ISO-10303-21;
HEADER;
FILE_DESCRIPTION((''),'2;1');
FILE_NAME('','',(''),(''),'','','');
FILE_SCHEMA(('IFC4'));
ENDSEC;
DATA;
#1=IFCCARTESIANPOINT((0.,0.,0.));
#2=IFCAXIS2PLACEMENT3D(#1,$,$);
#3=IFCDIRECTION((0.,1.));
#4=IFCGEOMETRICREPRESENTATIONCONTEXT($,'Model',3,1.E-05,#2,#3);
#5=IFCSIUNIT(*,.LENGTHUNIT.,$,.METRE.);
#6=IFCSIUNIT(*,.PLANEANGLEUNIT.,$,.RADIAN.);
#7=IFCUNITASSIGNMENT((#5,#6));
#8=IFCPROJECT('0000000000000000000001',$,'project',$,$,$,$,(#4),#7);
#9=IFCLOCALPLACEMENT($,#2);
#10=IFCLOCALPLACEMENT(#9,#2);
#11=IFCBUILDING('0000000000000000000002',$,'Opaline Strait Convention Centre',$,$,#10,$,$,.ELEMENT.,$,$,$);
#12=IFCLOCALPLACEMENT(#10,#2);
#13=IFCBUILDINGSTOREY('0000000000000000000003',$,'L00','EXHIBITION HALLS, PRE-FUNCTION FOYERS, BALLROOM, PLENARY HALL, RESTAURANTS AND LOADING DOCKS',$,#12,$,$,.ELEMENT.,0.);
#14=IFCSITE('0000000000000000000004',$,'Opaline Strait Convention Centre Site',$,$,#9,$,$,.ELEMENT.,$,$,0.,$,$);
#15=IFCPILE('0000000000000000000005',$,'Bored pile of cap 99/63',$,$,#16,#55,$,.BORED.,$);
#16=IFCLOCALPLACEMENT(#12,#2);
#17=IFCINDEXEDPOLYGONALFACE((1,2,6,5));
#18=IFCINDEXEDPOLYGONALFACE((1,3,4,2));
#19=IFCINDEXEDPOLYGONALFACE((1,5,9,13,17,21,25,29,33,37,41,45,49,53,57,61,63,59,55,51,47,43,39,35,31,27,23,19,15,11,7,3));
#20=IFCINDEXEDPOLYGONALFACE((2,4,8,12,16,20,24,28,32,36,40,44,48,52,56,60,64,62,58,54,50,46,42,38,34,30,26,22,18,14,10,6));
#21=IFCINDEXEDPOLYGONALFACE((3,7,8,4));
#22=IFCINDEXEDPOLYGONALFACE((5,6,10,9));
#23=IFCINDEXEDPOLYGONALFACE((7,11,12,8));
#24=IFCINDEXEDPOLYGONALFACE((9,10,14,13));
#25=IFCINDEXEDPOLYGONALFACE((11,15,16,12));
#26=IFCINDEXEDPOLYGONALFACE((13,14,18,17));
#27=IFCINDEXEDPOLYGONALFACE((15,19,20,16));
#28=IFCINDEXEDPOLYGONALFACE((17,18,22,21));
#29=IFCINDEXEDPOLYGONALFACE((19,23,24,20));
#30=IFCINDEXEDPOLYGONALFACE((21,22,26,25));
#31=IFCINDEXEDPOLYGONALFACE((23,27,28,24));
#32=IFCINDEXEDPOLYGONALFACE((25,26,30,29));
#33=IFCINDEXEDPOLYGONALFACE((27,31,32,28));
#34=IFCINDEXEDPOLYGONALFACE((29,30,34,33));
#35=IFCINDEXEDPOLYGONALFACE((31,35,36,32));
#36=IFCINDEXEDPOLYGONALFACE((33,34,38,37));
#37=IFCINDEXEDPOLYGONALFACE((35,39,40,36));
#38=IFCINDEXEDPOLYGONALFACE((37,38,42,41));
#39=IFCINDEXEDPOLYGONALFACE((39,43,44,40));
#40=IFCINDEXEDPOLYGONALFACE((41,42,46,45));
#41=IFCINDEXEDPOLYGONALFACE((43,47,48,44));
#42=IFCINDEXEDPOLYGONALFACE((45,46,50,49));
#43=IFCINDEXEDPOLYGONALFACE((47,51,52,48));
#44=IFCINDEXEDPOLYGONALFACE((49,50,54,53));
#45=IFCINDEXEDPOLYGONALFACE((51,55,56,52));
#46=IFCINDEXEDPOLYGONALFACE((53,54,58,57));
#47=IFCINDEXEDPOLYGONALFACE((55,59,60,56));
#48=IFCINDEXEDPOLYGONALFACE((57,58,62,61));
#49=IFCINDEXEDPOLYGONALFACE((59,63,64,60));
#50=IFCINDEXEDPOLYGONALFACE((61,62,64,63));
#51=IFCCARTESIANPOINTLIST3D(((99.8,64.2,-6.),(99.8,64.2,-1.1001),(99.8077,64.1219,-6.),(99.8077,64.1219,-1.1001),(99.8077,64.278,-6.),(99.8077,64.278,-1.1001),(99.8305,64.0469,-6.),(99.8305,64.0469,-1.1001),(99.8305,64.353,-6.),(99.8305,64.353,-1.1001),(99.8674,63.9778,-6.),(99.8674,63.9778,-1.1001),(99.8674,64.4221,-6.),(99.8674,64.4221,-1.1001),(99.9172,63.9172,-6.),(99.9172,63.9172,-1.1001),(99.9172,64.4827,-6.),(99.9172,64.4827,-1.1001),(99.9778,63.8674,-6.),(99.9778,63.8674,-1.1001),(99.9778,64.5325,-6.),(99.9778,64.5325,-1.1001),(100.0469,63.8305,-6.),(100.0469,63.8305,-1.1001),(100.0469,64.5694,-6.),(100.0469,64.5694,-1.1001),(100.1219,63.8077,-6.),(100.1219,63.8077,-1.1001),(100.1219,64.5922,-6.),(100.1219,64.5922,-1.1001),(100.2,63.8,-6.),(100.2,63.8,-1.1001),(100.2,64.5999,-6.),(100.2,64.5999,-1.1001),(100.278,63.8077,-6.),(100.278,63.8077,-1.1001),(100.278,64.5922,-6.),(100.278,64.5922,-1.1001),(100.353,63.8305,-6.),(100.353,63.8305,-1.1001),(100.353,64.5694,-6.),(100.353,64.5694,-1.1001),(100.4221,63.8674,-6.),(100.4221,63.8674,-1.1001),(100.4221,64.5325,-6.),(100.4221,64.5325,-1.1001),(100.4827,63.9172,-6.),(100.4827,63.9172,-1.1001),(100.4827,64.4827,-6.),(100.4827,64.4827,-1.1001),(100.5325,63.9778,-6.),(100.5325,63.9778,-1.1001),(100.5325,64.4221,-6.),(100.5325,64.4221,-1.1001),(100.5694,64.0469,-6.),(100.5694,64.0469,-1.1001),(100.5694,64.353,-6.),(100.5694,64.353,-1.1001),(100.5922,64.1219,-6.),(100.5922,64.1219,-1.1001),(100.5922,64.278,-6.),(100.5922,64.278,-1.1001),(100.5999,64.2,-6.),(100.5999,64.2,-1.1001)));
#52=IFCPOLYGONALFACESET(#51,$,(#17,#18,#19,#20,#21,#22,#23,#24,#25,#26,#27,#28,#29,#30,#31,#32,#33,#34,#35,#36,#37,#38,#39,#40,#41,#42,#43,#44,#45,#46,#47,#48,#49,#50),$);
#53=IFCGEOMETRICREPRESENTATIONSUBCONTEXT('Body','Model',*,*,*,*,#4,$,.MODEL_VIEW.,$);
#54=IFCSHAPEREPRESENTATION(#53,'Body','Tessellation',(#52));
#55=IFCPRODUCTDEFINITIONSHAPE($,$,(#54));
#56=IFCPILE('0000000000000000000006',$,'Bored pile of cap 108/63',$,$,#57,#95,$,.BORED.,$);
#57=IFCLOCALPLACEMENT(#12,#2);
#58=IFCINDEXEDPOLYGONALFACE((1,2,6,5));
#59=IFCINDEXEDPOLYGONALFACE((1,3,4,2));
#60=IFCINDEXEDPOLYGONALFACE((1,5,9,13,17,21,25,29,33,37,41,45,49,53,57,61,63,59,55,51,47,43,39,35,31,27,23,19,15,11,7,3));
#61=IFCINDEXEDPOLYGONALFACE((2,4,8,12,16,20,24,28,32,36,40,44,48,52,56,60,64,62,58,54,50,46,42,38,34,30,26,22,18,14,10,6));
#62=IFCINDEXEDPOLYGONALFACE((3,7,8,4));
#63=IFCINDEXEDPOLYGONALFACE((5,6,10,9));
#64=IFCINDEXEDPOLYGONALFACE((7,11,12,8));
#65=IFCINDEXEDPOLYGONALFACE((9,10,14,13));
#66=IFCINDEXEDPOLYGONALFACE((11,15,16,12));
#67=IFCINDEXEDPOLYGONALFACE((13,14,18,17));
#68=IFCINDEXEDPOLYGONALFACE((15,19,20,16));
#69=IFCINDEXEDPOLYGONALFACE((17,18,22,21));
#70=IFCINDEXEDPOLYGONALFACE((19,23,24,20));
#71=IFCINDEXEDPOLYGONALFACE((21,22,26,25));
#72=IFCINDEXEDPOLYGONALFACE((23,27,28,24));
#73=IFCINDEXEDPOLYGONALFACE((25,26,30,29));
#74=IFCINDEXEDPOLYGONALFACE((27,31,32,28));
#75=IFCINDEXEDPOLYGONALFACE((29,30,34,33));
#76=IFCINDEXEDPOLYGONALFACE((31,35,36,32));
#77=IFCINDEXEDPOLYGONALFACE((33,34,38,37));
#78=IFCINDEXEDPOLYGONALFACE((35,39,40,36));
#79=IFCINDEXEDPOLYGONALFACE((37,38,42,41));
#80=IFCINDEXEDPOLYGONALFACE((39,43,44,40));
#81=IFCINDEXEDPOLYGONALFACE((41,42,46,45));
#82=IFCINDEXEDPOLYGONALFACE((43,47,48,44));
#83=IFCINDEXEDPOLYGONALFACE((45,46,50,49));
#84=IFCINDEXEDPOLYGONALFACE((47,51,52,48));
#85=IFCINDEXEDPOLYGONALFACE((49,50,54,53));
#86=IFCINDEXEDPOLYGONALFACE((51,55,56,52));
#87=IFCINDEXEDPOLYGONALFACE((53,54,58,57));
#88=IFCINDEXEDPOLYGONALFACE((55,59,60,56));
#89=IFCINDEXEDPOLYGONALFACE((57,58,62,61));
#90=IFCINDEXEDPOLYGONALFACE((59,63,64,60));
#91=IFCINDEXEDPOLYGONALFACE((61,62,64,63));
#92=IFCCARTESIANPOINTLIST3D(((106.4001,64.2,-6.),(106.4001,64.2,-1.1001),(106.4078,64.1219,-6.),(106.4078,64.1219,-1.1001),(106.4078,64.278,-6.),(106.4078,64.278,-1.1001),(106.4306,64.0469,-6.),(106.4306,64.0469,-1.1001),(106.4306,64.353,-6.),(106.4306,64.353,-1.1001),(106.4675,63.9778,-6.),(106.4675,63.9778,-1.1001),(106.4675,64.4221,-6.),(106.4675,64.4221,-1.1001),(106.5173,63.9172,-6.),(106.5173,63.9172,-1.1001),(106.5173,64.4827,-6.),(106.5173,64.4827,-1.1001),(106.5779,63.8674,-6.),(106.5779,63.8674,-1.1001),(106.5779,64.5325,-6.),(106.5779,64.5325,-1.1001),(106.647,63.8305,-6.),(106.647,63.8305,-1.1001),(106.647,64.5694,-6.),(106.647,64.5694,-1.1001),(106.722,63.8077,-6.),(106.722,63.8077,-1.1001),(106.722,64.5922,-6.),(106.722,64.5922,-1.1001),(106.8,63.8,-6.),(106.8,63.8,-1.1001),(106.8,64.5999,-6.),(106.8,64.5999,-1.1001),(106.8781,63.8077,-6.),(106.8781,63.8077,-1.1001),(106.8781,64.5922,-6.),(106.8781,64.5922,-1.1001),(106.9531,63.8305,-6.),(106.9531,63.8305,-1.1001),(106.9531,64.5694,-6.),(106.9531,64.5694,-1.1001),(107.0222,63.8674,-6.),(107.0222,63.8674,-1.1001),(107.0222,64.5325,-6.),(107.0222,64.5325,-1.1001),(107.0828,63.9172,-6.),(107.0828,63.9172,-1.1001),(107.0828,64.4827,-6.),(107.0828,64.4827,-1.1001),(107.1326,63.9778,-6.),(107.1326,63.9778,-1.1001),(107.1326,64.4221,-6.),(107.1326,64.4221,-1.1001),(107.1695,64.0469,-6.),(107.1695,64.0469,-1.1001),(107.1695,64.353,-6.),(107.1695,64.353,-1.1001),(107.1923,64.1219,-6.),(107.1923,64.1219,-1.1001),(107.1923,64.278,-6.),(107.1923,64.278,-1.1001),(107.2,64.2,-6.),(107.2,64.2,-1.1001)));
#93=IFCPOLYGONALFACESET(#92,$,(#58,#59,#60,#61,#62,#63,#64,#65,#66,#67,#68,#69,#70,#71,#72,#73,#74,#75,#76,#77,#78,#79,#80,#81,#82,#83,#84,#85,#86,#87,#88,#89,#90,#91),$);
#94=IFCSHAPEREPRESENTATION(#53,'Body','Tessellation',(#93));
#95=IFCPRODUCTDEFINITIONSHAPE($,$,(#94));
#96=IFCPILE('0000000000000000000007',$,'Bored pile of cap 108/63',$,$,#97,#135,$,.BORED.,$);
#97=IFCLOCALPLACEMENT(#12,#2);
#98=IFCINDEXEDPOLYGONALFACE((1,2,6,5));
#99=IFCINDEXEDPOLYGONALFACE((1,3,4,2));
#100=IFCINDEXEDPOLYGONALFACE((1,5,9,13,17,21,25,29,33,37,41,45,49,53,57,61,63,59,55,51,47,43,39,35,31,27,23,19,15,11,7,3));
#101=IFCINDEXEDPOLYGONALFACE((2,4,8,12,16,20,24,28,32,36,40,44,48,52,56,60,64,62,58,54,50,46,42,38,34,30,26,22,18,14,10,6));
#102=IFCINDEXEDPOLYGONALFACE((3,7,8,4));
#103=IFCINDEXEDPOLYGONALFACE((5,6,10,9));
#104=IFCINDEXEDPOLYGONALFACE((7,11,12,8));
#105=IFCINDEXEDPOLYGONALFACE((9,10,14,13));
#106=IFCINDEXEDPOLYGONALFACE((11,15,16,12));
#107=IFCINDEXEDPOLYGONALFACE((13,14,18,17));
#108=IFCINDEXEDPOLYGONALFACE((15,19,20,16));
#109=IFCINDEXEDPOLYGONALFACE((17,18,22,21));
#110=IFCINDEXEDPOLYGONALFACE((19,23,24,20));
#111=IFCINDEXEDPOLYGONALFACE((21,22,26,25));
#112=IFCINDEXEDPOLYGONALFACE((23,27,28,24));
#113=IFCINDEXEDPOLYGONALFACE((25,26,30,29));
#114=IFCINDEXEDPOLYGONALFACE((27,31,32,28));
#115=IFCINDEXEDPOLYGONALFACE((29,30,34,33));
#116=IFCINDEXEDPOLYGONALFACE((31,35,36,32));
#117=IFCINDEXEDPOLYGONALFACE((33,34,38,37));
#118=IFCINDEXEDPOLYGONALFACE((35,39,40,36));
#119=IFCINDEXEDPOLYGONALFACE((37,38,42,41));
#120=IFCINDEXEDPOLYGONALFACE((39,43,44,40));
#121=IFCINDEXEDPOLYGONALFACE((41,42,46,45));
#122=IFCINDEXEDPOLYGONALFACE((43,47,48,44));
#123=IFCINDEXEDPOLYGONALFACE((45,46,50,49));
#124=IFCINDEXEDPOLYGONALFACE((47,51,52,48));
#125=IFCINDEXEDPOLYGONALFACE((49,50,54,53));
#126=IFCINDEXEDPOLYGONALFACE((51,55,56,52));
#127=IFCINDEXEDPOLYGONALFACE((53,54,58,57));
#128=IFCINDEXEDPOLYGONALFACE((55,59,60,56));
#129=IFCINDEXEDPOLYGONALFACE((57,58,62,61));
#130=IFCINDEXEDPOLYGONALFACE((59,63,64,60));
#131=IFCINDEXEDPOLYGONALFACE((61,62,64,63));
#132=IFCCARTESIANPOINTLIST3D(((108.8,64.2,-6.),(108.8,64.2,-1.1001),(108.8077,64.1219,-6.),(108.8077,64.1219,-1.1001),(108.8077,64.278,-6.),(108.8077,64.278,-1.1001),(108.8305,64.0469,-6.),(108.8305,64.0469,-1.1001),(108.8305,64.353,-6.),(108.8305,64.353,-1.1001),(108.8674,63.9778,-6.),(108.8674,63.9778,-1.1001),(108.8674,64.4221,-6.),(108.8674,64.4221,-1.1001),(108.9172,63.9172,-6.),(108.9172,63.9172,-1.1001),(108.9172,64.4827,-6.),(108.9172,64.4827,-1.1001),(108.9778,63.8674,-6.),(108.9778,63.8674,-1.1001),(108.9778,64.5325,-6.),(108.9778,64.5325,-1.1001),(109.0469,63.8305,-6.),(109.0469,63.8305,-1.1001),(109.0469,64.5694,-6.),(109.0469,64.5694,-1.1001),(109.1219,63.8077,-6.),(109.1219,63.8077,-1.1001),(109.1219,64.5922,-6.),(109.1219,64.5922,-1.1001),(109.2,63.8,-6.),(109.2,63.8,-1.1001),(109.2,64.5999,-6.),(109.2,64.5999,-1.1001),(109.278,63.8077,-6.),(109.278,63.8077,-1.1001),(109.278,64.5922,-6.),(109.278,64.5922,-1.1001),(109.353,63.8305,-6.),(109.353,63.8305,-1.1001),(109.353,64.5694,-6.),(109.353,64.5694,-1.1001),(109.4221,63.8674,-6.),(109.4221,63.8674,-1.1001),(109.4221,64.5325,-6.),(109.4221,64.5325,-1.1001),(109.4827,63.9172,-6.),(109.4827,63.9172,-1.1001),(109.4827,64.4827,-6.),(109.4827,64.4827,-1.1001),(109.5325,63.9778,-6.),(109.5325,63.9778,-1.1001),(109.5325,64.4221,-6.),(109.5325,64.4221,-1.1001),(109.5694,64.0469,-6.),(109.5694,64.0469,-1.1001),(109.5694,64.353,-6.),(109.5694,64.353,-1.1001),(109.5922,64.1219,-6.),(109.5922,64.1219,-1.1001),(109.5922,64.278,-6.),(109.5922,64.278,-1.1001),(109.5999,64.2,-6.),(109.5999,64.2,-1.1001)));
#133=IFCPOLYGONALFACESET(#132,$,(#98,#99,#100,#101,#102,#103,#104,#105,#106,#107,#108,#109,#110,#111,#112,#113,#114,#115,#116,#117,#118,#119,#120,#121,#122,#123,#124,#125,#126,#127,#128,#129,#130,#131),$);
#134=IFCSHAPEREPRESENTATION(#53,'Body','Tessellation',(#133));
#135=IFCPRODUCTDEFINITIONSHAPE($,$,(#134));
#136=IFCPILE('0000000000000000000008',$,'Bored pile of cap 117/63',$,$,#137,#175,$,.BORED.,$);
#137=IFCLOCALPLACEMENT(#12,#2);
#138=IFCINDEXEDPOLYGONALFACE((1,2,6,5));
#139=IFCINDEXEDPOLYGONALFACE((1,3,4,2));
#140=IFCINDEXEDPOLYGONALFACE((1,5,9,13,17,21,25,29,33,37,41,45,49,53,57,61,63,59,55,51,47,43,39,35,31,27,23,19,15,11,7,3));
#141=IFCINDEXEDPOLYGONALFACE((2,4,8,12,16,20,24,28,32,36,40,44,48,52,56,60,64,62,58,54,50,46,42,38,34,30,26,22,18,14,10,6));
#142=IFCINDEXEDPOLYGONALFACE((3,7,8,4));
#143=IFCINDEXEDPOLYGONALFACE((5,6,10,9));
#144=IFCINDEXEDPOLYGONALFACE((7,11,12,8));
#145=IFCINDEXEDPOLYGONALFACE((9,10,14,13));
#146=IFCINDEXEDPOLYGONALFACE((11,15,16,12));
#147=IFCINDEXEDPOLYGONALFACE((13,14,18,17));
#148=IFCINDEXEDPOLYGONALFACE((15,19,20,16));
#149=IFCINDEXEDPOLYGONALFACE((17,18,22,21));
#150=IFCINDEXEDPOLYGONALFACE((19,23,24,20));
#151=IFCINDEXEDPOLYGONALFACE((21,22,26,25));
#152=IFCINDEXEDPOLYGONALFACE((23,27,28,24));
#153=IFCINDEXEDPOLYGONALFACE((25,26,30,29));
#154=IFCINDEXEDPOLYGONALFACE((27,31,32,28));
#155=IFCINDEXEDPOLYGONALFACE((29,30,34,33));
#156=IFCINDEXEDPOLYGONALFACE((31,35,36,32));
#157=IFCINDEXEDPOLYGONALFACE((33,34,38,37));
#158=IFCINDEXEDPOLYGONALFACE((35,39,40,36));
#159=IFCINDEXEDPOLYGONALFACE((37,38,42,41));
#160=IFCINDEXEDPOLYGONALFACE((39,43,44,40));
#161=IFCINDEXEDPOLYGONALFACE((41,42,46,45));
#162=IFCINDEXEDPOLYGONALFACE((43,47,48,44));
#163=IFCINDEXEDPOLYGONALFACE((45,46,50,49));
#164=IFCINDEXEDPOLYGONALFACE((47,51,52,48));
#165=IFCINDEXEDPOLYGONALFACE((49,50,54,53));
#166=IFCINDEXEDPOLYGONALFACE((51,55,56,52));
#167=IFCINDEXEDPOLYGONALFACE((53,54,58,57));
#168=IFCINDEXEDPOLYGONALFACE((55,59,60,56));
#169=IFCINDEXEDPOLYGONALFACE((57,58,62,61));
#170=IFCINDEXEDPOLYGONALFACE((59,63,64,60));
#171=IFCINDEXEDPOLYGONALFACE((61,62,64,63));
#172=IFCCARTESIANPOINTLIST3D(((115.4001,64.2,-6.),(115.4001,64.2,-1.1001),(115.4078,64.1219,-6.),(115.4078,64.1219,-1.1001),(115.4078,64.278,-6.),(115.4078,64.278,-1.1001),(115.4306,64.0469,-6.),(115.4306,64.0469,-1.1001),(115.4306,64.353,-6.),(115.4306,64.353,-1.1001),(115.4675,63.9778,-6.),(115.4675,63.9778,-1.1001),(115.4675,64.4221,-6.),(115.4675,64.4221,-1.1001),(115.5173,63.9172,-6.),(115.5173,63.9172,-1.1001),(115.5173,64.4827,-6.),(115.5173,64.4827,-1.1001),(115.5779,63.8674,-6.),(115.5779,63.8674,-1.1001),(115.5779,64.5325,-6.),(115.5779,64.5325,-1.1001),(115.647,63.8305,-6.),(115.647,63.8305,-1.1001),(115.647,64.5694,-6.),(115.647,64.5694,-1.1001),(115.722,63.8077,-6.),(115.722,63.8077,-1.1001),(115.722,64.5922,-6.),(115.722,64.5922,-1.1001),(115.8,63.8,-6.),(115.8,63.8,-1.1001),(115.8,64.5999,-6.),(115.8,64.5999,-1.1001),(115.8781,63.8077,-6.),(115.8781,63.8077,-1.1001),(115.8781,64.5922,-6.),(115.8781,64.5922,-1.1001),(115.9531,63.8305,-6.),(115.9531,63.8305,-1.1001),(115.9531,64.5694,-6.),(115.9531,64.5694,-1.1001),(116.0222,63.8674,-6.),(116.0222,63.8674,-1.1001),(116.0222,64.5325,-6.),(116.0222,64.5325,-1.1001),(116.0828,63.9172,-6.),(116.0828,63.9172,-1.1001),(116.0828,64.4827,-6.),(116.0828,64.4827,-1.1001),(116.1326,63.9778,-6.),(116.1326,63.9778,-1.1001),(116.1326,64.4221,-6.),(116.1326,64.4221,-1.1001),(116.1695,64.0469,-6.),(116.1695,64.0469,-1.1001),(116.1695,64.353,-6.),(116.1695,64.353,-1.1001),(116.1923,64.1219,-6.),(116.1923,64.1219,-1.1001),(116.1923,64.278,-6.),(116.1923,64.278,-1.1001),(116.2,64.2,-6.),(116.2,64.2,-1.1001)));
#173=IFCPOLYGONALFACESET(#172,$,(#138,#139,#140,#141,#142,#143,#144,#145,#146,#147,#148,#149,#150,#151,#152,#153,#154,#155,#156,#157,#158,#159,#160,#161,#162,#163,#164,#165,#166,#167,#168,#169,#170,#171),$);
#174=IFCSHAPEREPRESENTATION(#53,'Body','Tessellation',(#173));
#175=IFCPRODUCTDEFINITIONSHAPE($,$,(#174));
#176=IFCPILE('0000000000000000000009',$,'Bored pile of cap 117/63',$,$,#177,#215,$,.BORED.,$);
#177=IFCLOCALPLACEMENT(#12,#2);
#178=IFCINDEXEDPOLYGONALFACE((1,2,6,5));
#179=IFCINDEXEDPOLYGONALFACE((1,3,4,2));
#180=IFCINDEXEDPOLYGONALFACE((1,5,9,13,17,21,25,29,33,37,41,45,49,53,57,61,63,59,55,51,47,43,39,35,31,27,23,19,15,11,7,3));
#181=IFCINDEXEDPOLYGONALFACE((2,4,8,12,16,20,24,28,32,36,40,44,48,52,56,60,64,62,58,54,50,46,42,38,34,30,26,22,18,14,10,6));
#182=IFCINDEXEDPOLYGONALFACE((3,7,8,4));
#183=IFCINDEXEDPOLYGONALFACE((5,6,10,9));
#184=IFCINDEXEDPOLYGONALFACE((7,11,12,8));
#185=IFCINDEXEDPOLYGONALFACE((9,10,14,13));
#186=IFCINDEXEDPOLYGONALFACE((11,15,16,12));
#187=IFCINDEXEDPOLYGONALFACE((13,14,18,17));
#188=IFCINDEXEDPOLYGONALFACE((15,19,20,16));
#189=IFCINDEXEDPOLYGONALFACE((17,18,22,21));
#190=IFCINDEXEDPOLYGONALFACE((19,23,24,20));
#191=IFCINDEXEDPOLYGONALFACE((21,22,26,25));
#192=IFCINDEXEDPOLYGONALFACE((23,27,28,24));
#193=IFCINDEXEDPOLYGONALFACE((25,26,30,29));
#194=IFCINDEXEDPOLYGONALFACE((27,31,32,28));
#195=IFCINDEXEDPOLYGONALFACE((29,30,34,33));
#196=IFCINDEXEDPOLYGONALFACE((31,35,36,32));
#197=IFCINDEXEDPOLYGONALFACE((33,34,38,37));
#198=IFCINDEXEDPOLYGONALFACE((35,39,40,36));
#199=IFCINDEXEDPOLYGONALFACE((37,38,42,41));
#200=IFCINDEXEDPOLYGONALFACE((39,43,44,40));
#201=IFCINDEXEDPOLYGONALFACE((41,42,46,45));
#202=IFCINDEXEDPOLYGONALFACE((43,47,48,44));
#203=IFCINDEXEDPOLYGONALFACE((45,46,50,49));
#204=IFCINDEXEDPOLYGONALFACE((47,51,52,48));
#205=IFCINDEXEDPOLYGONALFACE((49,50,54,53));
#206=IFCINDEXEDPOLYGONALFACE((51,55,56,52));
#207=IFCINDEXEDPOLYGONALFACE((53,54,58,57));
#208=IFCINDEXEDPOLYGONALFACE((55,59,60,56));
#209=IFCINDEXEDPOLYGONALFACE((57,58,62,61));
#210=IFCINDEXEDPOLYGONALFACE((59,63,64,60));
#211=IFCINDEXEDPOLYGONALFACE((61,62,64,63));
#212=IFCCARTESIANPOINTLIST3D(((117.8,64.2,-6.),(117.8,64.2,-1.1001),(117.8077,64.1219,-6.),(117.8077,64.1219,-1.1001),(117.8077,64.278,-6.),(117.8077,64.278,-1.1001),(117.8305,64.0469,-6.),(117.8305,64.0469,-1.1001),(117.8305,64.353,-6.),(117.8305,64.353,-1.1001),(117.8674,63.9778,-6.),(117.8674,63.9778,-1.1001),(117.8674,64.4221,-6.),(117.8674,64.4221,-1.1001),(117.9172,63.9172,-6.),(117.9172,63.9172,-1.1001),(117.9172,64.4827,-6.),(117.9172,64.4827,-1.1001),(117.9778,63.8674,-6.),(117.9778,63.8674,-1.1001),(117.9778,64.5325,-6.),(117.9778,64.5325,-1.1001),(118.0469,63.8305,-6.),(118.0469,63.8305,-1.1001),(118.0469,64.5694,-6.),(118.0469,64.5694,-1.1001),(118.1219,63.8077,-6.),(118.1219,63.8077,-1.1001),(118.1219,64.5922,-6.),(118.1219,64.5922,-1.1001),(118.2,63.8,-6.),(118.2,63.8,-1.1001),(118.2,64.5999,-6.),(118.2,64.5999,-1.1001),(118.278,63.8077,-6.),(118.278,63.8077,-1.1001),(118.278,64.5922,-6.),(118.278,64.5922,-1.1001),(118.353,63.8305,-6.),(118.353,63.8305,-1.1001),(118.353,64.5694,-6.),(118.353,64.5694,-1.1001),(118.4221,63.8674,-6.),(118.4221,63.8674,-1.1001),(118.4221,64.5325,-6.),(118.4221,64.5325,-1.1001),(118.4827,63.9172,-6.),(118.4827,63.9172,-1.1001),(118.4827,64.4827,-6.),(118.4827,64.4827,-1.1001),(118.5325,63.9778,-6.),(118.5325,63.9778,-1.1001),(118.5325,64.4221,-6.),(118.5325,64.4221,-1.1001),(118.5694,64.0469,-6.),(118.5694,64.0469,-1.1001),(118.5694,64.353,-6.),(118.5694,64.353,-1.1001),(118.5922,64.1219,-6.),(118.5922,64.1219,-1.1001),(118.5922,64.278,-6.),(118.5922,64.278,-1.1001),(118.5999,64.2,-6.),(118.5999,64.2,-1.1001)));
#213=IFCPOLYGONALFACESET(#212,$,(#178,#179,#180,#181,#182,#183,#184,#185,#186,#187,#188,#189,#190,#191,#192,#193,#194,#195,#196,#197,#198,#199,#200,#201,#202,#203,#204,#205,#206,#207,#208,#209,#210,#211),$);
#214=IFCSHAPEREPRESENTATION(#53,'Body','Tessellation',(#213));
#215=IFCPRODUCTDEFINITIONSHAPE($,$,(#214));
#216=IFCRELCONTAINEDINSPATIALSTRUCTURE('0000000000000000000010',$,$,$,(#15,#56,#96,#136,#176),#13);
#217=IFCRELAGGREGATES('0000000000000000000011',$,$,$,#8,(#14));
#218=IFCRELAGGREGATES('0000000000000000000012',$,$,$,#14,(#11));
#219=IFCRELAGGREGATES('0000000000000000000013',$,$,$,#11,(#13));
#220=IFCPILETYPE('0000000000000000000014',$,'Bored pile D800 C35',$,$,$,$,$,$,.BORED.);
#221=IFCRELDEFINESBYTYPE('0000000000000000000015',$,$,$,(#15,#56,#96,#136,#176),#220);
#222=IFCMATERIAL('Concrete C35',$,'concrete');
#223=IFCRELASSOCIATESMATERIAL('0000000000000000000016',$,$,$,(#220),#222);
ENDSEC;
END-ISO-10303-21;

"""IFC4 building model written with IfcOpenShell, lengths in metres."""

from ifc_helpers import new_model, si_unit, direction, frame, origin, origin_2d, place, context, subcontext, project, spatial, circle, extrude, material, material_profile, profile_set, type_object, element, save


model = new_model("IFC4")

# Units and contexts
model_context = context("Model", 3, precision=1e-05, world=origin(), true_north=direction((0.0, 1.0)))
body_context = subcontext(model_context, "Body", "Model", "MODEL_VIEW")
ifc_project = project(units=[si_unit("LENGTHUNIT", "METRE"), si_unit("PLANEANGLEUNIT", "RADIAN")], contexts=[model_context])

# Site, building, storey
site_placement = place(None, origin())
site = spatial("IfcSite", under=ifc_project, at=site_placement, Name="Opaline Strait Convention Centre Site", CompositionType="ELEMENT", RefElevation=0.0)
building_placement = place(site_placement, origin())
building = spatial("IfcBuilding", under=site, at=building_placement, Name="Opaline Strait Convention Centre", CompositionType="ELEMENT")
storey_placement = place(building_placement, origin())
storey = spatial("IfcBuildingStorey", under=building, at=storey_placement, Name="L00", Description="EXHIBITION HALLS, PRE-FUNCTION FOYERS, BALLROOM, PLENARY HALL, RESTAURANTS AND LOADING DOCKS", CompositionType="ELEMENT", Elevation=0.0)

# Piles
ifc_material_1 = material(Name="Concrete C35", Category="concrete")
ifc_material_profile = material_profile(ifc_material_1, circle(Radius=0.3999, at=origin_2d()), Name="D800")
ifc_profile_set = profile_set([ifc_material_profile], Name="Concrete C35")
pile_type = type_object("IfcPileType", Name="Bored pile D800 C35", PredefinedType="BORED", material=ifc_profile_set)
for number, where, z_axis, x_axis, name in (
    (1, (100.2, 64.2, -1.1001), (0.0, 0.0, -1.0), (1.0, 0.0, 0.0), "Bored pile of cap 99/63"),
    (2, (106.8, 64.2, -1.1001), (0.0, 0.0, -1.0), (1.0, 0.0, 0.0), "Bored pile of cap 108/63"),
    (3, (109.2, 64.2, -1.1001), (0.0, 0.0, -1.0), (1.0, 0.0, 0.0), "Bored pile of cap 108/63"),
    (4, (115.8, 64.2, -1.1001), (0.0, 0.0, -1.0), (1.0, 0.0, 0.0), "Bored pile of cap 117/63"),
    (5, (118.2, 64.2, -1.1001), (0.0, 0.0, -1.0), (1.0, 0.0, 0.0), "Bored pile of cap 117/63"),
):
    element("IfcPile", number, at=place(storey_placement, frame(where, z_axis=z_axis, x_axis=x_axis)), inside=storey, type_object=pile_type, Name=name, PredefinedType="BORED", context=body_context, shape_type="SweptSolid", body=[
        extrude(circle(Radius=0.3999, at=origin_2d()), origin(), (0.0, 0.0, 1.0), 4.8999),
    ])

save(model, "model.ifc")
